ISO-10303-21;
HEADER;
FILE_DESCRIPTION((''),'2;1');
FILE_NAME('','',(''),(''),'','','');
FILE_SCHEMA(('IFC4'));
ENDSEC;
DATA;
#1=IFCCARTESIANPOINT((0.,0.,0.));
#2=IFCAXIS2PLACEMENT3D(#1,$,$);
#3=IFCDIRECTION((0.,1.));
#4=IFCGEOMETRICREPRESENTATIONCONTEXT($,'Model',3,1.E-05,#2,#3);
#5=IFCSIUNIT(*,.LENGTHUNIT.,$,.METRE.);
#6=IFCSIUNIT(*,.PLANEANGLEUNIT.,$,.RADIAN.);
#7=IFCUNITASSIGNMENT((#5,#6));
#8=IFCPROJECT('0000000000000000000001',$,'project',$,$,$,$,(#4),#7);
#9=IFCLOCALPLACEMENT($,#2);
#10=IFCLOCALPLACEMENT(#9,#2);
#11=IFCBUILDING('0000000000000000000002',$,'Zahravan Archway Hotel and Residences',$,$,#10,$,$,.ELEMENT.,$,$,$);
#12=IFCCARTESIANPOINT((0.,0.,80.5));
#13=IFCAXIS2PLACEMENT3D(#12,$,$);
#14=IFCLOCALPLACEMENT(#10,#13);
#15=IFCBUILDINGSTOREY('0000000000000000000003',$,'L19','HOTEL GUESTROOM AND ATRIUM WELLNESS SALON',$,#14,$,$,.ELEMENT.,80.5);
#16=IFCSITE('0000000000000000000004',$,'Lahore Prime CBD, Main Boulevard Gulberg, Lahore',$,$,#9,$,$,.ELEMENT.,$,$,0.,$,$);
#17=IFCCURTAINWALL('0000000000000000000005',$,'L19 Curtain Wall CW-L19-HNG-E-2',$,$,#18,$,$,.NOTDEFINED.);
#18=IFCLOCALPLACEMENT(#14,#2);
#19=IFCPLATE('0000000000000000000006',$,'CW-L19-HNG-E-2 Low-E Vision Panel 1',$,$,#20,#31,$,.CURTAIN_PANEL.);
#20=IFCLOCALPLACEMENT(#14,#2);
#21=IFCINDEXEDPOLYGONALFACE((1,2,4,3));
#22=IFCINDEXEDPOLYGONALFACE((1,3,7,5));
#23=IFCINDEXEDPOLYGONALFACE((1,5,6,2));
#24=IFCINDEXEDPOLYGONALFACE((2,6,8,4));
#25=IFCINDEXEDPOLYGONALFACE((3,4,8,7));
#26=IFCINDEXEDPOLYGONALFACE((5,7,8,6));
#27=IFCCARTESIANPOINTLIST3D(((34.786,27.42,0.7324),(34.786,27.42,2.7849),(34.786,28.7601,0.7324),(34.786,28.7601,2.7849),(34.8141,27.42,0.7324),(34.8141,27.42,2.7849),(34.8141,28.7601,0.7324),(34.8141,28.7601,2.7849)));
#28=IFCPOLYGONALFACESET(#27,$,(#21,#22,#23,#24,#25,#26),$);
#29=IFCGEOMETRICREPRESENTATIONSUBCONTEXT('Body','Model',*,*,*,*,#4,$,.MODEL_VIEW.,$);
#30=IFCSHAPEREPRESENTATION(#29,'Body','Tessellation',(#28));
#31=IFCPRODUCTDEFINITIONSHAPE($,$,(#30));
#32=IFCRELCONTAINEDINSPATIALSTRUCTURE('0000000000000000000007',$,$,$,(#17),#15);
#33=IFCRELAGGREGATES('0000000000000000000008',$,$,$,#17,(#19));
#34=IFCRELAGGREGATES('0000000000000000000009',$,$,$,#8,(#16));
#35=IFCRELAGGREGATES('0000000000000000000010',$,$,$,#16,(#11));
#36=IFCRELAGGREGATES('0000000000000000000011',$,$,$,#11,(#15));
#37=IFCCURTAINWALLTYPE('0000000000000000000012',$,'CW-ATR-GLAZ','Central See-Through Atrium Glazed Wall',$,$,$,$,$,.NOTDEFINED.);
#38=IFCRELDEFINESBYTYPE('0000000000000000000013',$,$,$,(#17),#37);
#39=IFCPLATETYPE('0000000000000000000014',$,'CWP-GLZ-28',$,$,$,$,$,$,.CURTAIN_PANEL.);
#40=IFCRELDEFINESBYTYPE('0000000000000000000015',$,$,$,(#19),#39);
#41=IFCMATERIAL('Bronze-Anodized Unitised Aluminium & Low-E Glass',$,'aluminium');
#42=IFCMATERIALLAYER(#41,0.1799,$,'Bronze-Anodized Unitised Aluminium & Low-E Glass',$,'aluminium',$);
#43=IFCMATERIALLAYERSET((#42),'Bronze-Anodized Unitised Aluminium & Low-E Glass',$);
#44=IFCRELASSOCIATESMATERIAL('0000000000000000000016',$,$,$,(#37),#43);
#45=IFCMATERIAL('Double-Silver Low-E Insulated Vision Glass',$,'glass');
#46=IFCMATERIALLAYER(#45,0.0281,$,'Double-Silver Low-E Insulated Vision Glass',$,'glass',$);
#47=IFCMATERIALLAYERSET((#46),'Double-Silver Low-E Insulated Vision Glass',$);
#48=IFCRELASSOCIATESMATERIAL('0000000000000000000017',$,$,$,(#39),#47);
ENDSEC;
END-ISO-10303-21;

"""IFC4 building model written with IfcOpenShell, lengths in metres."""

from ifc_helpers import new_model, si_unit, direction, frame, origin, origin_2d, place, context, subcontext, project, spatial, rectangle, extrude, source, transform, mapped, material, layer, layer_set, type_object, element, aggregate, save


model = new_model("IFC4")

# Units and contexts
model_context = context("Model", 3, precision=1e-05, world=origin(), true_north=direction((0.0, 1.0)))
body_context = subcontext(model_context, "Body", "Model", "MODEL_VIEW")
ifc_project = project(units=[si_unit("LENGTHUNIT", "METRE"), si_unit("PLANEANGLEUNIT", "RADIAN")], contexts=[model_context])

# Site, building, storey
site_placement = place(None, origin())
site = spatial("IfcSite", under=ifc_project, at=site_placement, Name="Lahore Prime CBD, Main Boulevard Gulberg, Lahore", CompositionType="ELEMENT", RefElevation=0.0)
building_placement = place(site_placement, origin())
building = spatial("IfcBuilding", under=site, at=building_placement, Name="Zahravan Archway Hotel and Residences", CompositionType="ELEMENT")
storey_placement = place(building_placement, frame((0.0, 0.0, 80.5)))
storey = spatial("IfcBuildingStorey", under=building, at=storey_placement, Name="L19", Description="HOTEL GUESTROOM AND ATRIUM WELLNESS SALON", CompositionType="ELEMENT", Elevation=80.5)

# Curtain wall, plate
ifc_material_1 = material(Name="Bronze-Anodized Unitised Aluminium & Low-E Glass", Category="aluminium")
ifc_layer_1 = layer(ifc_material_1, 0.1799, Name="Bronze-Anodized Unitised Aluminium & Low-E Glass", Category="aluminium")
ifc_layer_set_1 = layer_set([ifc_layer_1], Name="Bronze-Anodized Unitised Aluminium & Low-E Glass")
curtain_wall_type = type_object("IfcCurtainWallType", Name="CW-ATR-GLAZ", Description="Central See-Through Atrium Glazed Wall", PredefinedType="NOTDEFINED", material=ifc_layer_set_1)
curtain_wall_placement = place(storey_placement, origin())
curtain_wall = element("IfcCurtainWall", 1, at=curtain_wall_placement, inside=storey, type_object=curtain_wall_type, Name="L19 Curtain Wall CW-L19-HNG-E-2", PredefinedType="NOTDEFINED")
ifc_material_2 = material(Name="Double-Silver Low-E Insulated Vision Glass", Category="glass")
ifc_layer_2 = layer(ifc_material_2, 0.0281, Name="Double-Silver Low-E Insulated Vision Glass", Category="glass")
ifc_layer_set_2 = layer_set([ifc_layer_2], Name="Double-Silver Low-E Insulated Vision Glass")
plate_type_1 = type_object("IfcPlateType", Name="CWP-GLZ-28", PredefinedType="CURTAIN_PANEL", material=ifc_layer_set_2)
shared_shape_1 = source(origin(), body_context, "Body", "SweptSolid", [
    extrude(rectangle(XDim=1.3401, YDim=0.0281, at=origin_2d()), origin(), (0.0, 0.0, 1.0), 2.0525),
])
plate_1_placement = place(storey_placement, frame((34.8, 28.0901, 0.7324), z_axis=(0.0, 0.0, 1.0), x_axis=(0.0, 1.0, 0.0)))
plate_1 = element("IfcPlate", 2, at=plate_1_placement, type_object=plate_type_1, Name="CW-L19-HNG-E-2 Low-E Vision Panel 1", PredefinedType="CURTAIN_PANEL", context=body_context, shape_type="MappedRepresentation", body=[
    mapped(shared_shape_1, transform((0.0, 0.0, 0.0), scale=1.0)),
])
aggregate(curtain_wall, [plate_1])

save(model, "model.ifc")
